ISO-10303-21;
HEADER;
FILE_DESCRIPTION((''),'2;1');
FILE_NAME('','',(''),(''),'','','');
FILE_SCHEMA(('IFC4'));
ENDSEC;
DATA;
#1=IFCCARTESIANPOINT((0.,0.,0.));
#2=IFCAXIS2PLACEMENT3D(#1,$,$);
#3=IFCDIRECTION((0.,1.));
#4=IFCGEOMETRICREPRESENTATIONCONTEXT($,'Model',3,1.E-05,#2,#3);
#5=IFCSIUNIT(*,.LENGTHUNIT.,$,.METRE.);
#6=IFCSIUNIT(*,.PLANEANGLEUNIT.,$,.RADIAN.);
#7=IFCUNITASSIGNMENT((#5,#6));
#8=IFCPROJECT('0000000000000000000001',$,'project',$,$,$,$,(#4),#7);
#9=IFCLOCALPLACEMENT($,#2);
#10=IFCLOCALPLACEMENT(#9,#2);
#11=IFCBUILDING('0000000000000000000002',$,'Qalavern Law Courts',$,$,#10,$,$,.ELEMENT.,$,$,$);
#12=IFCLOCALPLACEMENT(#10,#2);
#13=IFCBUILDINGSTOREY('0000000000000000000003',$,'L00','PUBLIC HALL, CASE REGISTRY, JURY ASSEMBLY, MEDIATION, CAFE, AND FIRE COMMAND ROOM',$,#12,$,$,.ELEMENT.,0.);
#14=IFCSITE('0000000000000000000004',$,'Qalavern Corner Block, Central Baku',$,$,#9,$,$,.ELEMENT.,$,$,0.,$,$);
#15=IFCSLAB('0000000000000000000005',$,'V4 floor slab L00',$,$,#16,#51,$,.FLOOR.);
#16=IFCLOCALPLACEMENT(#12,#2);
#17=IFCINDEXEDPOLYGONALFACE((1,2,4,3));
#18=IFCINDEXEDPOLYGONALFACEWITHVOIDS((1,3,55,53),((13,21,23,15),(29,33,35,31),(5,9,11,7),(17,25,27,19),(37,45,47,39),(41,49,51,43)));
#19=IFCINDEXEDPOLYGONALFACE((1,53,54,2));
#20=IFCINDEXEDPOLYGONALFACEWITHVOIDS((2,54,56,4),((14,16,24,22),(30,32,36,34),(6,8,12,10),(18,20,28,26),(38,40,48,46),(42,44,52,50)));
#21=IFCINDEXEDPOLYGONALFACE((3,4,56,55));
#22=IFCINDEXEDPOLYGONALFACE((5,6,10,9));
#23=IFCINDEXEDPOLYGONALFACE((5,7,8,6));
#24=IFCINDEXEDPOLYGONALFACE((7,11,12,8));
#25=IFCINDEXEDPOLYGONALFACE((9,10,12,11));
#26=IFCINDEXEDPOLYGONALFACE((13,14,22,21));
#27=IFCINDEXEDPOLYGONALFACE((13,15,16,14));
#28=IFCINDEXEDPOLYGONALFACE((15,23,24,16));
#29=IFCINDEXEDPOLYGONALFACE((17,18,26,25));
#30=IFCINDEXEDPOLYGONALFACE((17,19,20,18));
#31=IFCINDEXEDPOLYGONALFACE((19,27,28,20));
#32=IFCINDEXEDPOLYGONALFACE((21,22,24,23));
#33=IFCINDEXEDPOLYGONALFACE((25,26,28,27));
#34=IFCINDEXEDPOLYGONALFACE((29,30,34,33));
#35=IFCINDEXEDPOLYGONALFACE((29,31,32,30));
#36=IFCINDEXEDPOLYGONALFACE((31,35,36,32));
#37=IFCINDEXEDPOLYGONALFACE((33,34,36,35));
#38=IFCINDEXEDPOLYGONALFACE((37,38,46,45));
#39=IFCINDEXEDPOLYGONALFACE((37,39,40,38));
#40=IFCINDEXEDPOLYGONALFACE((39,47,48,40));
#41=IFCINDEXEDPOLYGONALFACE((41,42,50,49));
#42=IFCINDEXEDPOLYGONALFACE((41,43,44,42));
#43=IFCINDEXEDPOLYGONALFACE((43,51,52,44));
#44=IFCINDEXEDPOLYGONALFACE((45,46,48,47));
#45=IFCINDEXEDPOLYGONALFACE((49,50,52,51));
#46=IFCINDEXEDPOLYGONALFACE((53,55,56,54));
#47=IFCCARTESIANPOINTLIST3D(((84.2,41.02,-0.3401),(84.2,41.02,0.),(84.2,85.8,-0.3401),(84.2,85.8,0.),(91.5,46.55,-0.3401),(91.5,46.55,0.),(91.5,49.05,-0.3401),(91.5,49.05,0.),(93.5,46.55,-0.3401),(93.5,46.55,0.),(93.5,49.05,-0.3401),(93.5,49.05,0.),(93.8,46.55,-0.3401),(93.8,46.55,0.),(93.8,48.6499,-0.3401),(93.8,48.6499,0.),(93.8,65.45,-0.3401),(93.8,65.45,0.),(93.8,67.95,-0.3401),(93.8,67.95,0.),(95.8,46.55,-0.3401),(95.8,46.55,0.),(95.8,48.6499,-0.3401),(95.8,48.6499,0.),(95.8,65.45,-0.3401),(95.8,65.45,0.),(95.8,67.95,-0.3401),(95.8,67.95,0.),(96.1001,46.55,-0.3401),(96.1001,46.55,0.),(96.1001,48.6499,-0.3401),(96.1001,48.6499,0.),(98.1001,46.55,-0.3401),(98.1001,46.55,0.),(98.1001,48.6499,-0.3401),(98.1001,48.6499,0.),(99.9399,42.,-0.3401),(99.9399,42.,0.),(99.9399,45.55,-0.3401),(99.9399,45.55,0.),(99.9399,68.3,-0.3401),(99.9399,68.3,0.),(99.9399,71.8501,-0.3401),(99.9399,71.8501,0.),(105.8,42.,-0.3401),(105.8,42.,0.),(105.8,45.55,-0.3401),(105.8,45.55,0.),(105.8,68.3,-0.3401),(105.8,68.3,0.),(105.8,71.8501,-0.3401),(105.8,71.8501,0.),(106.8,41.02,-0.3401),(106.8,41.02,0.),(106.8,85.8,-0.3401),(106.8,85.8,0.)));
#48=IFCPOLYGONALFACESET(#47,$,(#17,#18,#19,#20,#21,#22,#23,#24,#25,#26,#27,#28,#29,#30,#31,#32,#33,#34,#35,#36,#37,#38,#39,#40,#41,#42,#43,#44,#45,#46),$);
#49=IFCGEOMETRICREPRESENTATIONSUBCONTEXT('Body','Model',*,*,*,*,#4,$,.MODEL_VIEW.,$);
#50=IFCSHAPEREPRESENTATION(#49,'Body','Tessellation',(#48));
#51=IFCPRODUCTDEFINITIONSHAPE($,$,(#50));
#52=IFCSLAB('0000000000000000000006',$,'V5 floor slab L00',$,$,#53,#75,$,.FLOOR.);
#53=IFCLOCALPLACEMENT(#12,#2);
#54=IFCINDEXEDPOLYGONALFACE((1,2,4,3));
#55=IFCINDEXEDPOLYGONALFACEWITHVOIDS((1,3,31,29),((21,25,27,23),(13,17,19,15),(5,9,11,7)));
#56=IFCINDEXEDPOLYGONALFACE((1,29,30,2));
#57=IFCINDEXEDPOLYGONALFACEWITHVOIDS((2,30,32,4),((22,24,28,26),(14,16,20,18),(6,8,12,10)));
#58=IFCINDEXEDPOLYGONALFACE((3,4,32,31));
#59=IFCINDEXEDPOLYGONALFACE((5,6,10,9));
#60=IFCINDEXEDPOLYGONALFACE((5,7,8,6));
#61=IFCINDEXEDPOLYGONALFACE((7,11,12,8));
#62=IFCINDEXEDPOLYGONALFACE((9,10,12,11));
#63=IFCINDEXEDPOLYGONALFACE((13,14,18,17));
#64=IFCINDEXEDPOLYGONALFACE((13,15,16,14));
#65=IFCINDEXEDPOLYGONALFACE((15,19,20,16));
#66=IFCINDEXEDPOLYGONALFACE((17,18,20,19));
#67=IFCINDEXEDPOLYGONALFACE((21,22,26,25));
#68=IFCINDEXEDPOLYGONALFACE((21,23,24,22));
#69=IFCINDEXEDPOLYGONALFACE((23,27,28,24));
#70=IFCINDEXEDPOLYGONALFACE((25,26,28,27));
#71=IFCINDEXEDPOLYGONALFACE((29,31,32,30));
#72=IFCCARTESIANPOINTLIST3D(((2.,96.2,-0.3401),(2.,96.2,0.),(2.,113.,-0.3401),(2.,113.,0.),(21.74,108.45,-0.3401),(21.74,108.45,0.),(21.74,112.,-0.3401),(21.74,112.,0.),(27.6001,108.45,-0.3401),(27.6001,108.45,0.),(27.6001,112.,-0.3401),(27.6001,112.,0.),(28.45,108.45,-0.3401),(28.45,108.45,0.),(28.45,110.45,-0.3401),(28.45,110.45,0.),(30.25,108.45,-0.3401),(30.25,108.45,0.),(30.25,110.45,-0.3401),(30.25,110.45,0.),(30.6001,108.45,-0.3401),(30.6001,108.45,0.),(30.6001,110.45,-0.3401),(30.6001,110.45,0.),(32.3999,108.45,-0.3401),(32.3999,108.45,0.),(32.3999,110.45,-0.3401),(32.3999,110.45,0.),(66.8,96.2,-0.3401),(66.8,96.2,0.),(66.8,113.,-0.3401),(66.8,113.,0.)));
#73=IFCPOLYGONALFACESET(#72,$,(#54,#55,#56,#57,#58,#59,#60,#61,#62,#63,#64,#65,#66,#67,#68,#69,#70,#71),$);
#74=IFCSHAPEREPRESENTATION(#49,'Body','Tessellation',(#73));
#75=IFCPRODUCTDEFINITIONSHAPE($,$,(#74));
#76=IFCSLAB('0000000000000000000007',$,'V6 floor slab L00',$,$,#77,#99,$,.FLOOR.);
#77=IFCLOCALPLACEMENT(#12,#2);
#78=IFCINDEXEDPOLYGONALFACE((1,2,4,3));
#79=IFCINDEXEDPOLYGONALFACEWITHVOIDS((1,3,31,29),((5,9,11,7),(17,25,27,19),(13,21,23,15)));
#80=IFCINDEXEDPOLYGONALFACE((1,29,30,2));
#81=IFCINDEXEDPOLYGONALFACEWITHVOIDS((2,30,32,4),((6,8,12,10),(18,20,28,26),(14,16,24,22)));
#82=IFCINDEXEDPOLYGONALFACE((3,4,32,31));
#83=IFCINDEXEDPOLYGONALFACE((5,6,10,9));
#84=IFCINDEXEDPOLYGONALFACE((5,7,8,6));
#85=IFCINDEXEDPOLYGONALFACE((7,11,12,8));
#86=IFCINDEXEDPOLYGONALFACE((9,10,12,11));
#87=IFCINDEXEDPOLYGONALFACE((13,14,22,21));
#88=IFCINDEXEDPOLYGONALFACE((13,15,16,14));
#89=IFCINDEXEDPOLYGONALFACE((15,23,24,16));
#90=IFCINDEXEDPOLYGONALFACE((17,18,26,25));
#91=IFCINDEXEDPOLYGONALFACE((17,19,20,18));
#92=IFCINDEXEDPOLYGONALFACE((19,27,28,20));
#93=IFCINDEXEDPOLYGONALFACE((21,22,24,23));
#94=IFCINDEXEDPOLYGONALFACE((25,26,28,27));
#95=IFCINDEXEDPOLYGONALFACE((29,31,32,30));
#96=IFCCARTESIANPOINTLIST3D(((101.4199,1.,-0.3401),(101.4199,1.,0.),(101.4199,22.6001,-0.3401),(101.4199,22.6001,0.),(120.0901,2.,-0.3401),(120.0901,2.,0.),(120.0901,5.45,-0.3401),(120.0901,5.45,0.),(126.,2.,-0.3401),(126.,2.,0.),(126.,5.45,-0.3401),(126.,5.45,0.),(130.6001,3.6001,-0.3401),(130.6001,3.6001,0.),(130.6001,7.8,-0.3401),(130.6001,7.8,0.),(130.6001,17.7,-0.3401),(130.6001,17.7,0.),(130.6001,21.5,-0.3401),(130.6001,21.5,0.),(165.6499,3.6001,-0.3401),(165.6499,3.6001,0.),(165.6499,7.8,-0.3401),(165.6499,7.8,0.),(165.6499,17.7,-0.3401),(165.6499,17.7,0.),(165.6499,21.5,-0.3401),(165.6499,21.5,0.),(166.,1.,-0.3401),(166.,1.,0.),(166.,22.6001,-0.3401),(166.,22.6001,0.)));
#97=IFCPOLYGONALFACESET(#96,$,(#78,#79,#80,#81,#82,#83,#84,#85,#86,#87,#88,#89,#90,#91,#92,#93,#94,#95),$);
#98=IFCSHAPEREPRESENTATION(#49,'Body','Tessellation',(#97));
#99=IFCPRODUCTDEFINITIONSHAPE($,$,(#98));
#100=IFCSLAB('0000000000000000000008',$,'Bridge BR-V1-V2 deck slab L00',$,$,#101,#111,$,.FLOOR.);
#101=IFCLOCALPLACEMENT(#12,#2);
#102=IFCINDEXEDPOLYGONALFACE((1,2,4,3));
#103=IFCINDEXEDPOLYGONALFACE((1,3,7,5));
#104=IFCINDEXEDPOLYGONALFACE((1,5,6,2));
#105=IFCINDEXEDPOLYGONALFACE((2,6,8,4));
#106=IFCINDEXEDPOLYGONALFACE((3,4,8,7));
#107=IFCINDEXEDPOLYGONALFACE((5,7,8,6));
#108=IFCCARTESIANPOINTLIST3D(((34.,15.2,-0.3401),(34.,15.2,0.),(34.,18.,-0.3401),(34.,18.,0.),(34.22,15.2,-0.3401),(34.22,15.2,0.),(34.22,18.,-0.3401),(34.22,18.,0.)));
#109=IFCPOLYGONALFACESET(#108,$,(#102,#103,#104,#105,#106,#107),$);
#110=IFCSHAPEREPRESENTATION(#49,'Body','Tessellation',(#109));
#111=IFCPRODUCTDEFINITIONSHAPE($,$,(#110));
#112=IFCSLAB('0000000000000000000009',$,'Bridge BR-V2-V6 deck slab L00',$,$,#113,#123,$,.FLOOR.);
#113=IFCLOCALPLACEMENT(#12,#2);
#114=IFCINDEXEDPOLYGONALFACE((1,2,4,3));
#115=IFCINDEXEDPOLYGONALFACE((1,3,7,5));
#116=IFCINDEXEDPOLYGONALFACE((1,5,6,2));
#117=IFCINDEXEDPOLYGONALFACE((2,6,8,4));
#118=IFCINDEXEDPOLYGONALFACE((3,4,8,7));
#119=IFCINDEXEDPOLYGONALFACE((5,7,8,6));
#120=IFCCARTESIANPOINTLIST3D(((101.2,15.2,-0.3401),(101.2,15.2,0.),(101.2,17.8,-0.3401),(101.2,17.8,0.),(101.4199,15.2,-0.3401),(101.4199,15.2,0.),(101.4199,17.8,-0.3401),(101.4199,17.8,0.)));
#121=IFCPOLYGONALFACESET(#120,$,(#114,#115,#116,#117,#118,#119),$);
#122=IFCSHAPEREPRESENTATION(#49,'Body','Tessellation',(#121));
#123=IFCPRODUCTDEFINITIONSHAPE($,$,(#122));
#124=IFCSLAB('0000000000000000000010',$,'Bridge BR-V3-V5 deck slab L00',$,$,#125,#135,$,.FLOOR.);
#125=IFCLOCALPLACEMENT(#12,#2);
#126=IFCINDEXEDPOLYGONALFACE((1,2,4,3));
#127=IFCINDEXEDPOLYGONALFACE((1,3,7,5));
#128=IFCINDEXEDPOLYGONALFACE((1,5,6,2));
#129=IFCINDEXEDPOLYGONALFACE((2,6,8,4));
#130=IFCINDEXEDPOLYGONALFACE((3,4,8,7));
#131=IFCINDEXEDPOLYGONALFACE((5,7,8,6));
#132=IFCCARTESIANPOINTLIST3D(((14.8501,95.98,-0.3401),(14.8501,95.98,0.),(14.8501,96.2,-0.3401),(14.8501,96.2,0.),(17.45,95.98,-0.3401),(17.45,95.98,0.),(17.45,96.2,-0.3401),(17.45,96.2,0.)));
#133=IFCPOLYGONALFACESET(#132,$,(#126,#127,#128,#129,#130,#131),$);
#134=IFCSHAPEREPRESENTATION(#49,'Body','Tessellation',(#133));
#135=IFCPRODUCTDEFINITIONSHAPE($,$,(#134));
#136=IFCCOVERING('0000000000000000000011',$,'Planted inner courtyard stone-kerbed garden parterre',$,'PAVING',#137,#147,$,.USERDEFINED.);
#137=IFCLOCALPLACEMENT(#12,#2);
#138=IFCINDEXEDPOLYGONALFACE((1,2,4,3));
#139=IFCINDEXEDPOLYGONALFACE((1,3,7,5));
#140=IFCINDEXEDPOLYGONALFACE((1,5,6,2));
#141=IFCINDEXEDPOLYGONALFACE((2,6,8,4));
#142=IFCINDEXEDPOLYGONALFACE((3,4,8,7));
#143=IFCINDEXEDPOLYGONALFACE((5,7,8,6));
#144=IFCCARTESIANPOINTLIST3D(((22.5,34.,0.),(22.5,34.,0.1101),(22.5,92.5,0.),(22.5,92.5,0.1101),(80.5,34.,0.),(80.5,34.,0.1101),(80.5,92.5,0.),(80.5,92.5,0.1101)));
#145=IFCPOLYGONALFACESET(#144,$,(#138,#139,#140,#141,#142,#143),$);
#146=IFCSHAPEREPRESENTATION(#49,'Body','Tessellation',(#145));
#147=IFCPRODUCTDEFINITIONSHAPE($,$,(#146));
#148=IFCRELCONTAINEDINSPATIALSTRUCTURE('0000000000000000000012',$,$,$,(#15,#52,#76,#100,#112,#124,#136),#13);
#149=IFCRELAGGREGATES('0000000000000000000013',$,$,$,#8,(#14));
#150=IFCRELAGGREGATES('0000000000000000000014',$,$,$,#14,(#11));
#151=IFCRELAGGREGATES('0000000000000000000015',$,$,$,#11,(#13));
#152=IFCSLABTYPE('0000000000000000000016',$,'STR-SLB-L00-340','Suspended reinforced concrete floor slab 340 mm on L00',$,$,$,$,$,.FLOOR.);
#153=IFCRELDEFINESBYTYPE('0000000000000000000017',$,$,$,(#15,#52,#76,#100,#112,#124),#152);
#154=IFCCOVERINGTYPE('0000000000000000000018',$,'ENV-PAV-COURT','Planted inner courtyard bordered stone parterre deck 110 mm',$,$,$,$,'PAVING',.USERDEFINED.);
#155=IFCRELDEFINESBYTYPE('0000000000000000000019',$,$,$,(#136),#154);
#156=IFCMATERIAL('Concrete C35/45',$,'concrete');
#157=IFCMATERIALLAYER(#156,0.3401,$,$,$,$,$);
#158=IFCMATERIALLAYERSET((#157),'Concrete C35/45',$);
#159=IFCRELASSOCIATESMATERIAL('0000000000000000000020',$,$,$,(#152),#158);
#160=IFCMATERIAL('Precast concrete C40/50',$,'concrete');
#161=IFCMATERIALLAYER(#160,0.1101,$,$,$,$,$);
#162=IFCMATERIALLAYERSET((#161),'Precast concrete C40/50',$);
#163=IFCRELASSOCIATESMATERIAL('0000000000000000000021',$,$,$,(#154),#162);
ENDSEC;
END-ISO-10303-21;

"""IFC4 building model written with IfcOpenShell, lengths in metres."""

from ifc_helpers import new_model, si_unit, direction, frame, origin, place, context, subcontext, project, spatial, polyline, outline, extrude, material, layer, layer_set, type_object, element, save


model = new_model("IFC4")

# Units and contexts
model_context = context("Model", 3, precision=1e-05, world=origin(), true_north=direction((0.0, 1.0)))
body_context = subcontext(model_context, "Body", "Model", "MODEL_VIEW")
ifc_project = project(units=[si_unit("LENGTHUNIT", "METRE"), si_unit("PLANEANGLEUNIT", "RADIAN")], contexts=[model_context])

# Site, building, storey
site_placement = place(None, origin())
site = spatial("IfcSite", under=ifc_project, at=site_placement, Name="Qalavern Corner Block, Central Baku", CompositionType="ELEMENT", RefElevation=0.0)
building_placement = place(site_placement, origin())
building = spatial("IfcBuilding", under=site, at=building_placement, Name="Qalavern Law Courts", CompositionType="ELEMENT")
storey_placement = place(building_placement, origin())
storey = spatial("IfcBuildingStorey", under=building, at=storey_placement, Name="L00", Description="PUBLIC HALL, CASE REGISTRY, JURY ASSEMBLY, MEDIATION, CAFE, AND FIRE COMMAND ROOM", CompositionType="ELEMENT", Elevation=0.0)

# Shared definitions
ifc_material_1 = material(Name="Concrete C35/45", Category="concrete")

# Slabs
ifc_layer_1 = layer(ifc_material_1, 0.3401)
ifc_layer_set_1 = layer_set([ifc_layer_1], Name="Concrete C35/45")
slab_type_1 = type_object("IfcSlabType", Name="STR-SLB-L00-340", Description="Suspended reinforced concrete floor slab 340 mm on L00", PredefinedType="FLOOR", material=ifc_layer_set_1)
slab_1_placement = place(storey_placement, frame((0.0, 0.0, -0.3401)))
element("IfcSlab", 1, at=slab_1_placement, inside=storey, type_object=slab_type_1, Name="V4 floor slab L00", PredefinedType="FLOOR", context=body_context, shape_type="SweptSolid", body=[
    extrude(outline(polyline([(84.2, 41.02), (106.8, 41.02), (106.8, 85.8), (84.2, 85.8), (84.2, 41.02)]), holes=[polyline([(99.9399, 42.0), (105.8, 42.0), (105.8, 45.55), (99.9399, 45.55), (99.9399, 42.0)]), polyline([(91.5, 46.55), (93.5, 46.55), (93.5, 49.05), (91.5, 49.05), (91.5, 46.55)]), polyline([(93.8, 46.55), (95.8, 46.55), (95.8, 48.6499), (93.8, 48.6499), (93.8, 46.55)]), polyline([(96.1001, 46.55), (98.1001, 46.55), (98.1001, 48.6499), (96.1001, 48.6499), (96.1001, 46.55)]), polyline([(99.9399, 68.3), (105.8, 68.3), (105.8, 71.8501), (99.9399, 71.8501), (99.9399, 68.3)]), polyline([(93.8, 65.45), (95.8, 65.45), (95.8, 67.95), (93.8, 67.95), (93.8, 65.45)])]), origin(), (0.0, 0.0, 1.0), 0.3401),
])
slab_2_placement = place(storey_placement, frame((0.0, 0.0, -0.3401)))
element("IfcSlab", 2, at=slab_2_placement, inside=storey, type_object=slab_type_1, Name="V5 floor slab L00", PredefinedType="FLOOR", context=body_context, shape_type="SweptSolid", body=[
    extrude(outline(polyline([(2.0, 96.2), (66.8, 96.2), (66.8, 113.0), (2.0, 113.0), (2.0, 96.2)]), holes=[polyline([(21.74, 108.45), (27.6001, 108.45), (27.6001, 112.0), (21.74, 112.0), (21.74, 108.45)]), polyline([(28.45, 108.45), (30.25, 108.45), (30.25, 110.45), (28.45, 110.45), (28.45, 108.45)]), polyline([(30.6001, 108.45), (32.3999, 108.45), (32.3999, 110.45), (30.6001, 110.45), (30.6001, 108.45)])]), origin(), (0.0, 0.0, 1.0), 0.3401),
])
slab_3_placement = place(storey_placement, frame((0.0, 0.0, -0.3401)))
element("IfcSlab", 3, at=slab_3_placement, inside=storey, type_object=slab_type_1, Name="V6 floor slab L00", PredefinedType="FLOOR", context=body_context, shape_type="SweptSolid", body=[
    extrude(outline(polyline([(101.4199, 1.0), (166.0, 1.0), (166.0, 22.6001), (101.4199, 22.6001), (101.4199, 1.0)]), holes=[polyline([(120.0901, 2.0), (126.0, 2.0), (126.0, 5.45), (120.0901, 5.45), (120.0901, 2.0)]), polyline([(130.6001, 17.7), (165.6499, 17.7), (165.6499, 21.5), (130.6001, 21.5), (130.6001, 17.7)]), polyline([(130.6001, 3.6001), (165.6499, 3.6001), (165.6499, 7.8), (130.6001, 7.8), (130.6001, 3.6001)])]), origin(), (0.0, 0.0, 1.0), 0.3401),
])
slab_4_placement = place(storey_placement, frame((0.0, 0.0, -0.3401)))
element("IfcSlab", 4, at=slab_4_placement, inside=storey, type_object=slab_type_1, Name="Bridge BR-V1-V2 deck slab L00", PredefinedType="FLOOR", context=body_context, shape_type="SweptSolid", body=[
    extrude(outline(polyline([(34.0, 15.2), (34.22, 15.2), (34.22, 18.0), (34.0, 18.0), (34.0, 15.2)])), origin(), (0.0, 0.0, 1.0), 0.3401),
])
slab_5_placement = place(storey_placement, frame((0.0, 0.0, -0.3401)))
element("IfcSlab", 5, at=slab_5_placement, inside=storey, type_object=slab_type_1, Name="Bridge BR-V2-V6 deck slab L00", PredefinedType="FLOOR", context=body_context, shape_type="SweptSolid", body=[
    extrude(outline(polyline([(101.2, 15.2), (101.4199, 15.2), (101.4199, 17.8), (101.2, 17.8), (101.2, 15.2)])), origin(), (0.0, 0.0, 1.0), 0.3401),
])
slab_6_placement = place(storey_placement, frame((0.0, 0.0, -0.3401)))
element("IfcSlab", 6, at=slab_6_placement, inside=storey, type_object=slab_type_1, Name="Bridge BR-V3-V5 deck slab L00", PredefinedType="FLOOR", context=body_context, shape_type="SweptSolid", body=[
    extrude(outline(polyline([(14.8501, 95.98), (17.45, 95.98), (17.45, 96.2), (14.8501, 96.2), (14.8501, 95.98)])), origin(), (0.0, 0.0, 1.0), 0.3401),
])

# Covering
ifc_material_2 = material(Name="Precast concrete C40/50", Category="concrete")
ifc_layer_2 = layer(ifc_material_2, 0.1101)
ifc_layer_set_2 = layer_set([ifc_layer_2], Name="Precast concrete C40/50")
covering_type_1 = type_object("IfcCoveringType", Name="ENV-PAV-COURT", Description="Planted inner courtyard bordered stone parterre deck 110 mm", ElementType="PAVING", PredefinedType="USERDEFINED", material=ifc_layer_set_2)
covering_1_placement = place(storey_placement, origin())
element("IfcCovering", 7, at=covering_1_placement, inside=storey, type_object=covering_type_1, Name="Planted inner courtyard stone-kerbed garden parterre", ObjectType="PAVING", PredefinedType="USERDEFINED", context=body_context, shape_type="SweptSolid", body=[
    extrude(outline(polyline([(22.5, 34.0), (80.5, 34.0), (80.5, 92.5), (22.5, 92.5), (22.5, 34.0)])), origin(), (0.0, 0.0, 1.0), 0.1101),
])

save(model, "model.ifc")
